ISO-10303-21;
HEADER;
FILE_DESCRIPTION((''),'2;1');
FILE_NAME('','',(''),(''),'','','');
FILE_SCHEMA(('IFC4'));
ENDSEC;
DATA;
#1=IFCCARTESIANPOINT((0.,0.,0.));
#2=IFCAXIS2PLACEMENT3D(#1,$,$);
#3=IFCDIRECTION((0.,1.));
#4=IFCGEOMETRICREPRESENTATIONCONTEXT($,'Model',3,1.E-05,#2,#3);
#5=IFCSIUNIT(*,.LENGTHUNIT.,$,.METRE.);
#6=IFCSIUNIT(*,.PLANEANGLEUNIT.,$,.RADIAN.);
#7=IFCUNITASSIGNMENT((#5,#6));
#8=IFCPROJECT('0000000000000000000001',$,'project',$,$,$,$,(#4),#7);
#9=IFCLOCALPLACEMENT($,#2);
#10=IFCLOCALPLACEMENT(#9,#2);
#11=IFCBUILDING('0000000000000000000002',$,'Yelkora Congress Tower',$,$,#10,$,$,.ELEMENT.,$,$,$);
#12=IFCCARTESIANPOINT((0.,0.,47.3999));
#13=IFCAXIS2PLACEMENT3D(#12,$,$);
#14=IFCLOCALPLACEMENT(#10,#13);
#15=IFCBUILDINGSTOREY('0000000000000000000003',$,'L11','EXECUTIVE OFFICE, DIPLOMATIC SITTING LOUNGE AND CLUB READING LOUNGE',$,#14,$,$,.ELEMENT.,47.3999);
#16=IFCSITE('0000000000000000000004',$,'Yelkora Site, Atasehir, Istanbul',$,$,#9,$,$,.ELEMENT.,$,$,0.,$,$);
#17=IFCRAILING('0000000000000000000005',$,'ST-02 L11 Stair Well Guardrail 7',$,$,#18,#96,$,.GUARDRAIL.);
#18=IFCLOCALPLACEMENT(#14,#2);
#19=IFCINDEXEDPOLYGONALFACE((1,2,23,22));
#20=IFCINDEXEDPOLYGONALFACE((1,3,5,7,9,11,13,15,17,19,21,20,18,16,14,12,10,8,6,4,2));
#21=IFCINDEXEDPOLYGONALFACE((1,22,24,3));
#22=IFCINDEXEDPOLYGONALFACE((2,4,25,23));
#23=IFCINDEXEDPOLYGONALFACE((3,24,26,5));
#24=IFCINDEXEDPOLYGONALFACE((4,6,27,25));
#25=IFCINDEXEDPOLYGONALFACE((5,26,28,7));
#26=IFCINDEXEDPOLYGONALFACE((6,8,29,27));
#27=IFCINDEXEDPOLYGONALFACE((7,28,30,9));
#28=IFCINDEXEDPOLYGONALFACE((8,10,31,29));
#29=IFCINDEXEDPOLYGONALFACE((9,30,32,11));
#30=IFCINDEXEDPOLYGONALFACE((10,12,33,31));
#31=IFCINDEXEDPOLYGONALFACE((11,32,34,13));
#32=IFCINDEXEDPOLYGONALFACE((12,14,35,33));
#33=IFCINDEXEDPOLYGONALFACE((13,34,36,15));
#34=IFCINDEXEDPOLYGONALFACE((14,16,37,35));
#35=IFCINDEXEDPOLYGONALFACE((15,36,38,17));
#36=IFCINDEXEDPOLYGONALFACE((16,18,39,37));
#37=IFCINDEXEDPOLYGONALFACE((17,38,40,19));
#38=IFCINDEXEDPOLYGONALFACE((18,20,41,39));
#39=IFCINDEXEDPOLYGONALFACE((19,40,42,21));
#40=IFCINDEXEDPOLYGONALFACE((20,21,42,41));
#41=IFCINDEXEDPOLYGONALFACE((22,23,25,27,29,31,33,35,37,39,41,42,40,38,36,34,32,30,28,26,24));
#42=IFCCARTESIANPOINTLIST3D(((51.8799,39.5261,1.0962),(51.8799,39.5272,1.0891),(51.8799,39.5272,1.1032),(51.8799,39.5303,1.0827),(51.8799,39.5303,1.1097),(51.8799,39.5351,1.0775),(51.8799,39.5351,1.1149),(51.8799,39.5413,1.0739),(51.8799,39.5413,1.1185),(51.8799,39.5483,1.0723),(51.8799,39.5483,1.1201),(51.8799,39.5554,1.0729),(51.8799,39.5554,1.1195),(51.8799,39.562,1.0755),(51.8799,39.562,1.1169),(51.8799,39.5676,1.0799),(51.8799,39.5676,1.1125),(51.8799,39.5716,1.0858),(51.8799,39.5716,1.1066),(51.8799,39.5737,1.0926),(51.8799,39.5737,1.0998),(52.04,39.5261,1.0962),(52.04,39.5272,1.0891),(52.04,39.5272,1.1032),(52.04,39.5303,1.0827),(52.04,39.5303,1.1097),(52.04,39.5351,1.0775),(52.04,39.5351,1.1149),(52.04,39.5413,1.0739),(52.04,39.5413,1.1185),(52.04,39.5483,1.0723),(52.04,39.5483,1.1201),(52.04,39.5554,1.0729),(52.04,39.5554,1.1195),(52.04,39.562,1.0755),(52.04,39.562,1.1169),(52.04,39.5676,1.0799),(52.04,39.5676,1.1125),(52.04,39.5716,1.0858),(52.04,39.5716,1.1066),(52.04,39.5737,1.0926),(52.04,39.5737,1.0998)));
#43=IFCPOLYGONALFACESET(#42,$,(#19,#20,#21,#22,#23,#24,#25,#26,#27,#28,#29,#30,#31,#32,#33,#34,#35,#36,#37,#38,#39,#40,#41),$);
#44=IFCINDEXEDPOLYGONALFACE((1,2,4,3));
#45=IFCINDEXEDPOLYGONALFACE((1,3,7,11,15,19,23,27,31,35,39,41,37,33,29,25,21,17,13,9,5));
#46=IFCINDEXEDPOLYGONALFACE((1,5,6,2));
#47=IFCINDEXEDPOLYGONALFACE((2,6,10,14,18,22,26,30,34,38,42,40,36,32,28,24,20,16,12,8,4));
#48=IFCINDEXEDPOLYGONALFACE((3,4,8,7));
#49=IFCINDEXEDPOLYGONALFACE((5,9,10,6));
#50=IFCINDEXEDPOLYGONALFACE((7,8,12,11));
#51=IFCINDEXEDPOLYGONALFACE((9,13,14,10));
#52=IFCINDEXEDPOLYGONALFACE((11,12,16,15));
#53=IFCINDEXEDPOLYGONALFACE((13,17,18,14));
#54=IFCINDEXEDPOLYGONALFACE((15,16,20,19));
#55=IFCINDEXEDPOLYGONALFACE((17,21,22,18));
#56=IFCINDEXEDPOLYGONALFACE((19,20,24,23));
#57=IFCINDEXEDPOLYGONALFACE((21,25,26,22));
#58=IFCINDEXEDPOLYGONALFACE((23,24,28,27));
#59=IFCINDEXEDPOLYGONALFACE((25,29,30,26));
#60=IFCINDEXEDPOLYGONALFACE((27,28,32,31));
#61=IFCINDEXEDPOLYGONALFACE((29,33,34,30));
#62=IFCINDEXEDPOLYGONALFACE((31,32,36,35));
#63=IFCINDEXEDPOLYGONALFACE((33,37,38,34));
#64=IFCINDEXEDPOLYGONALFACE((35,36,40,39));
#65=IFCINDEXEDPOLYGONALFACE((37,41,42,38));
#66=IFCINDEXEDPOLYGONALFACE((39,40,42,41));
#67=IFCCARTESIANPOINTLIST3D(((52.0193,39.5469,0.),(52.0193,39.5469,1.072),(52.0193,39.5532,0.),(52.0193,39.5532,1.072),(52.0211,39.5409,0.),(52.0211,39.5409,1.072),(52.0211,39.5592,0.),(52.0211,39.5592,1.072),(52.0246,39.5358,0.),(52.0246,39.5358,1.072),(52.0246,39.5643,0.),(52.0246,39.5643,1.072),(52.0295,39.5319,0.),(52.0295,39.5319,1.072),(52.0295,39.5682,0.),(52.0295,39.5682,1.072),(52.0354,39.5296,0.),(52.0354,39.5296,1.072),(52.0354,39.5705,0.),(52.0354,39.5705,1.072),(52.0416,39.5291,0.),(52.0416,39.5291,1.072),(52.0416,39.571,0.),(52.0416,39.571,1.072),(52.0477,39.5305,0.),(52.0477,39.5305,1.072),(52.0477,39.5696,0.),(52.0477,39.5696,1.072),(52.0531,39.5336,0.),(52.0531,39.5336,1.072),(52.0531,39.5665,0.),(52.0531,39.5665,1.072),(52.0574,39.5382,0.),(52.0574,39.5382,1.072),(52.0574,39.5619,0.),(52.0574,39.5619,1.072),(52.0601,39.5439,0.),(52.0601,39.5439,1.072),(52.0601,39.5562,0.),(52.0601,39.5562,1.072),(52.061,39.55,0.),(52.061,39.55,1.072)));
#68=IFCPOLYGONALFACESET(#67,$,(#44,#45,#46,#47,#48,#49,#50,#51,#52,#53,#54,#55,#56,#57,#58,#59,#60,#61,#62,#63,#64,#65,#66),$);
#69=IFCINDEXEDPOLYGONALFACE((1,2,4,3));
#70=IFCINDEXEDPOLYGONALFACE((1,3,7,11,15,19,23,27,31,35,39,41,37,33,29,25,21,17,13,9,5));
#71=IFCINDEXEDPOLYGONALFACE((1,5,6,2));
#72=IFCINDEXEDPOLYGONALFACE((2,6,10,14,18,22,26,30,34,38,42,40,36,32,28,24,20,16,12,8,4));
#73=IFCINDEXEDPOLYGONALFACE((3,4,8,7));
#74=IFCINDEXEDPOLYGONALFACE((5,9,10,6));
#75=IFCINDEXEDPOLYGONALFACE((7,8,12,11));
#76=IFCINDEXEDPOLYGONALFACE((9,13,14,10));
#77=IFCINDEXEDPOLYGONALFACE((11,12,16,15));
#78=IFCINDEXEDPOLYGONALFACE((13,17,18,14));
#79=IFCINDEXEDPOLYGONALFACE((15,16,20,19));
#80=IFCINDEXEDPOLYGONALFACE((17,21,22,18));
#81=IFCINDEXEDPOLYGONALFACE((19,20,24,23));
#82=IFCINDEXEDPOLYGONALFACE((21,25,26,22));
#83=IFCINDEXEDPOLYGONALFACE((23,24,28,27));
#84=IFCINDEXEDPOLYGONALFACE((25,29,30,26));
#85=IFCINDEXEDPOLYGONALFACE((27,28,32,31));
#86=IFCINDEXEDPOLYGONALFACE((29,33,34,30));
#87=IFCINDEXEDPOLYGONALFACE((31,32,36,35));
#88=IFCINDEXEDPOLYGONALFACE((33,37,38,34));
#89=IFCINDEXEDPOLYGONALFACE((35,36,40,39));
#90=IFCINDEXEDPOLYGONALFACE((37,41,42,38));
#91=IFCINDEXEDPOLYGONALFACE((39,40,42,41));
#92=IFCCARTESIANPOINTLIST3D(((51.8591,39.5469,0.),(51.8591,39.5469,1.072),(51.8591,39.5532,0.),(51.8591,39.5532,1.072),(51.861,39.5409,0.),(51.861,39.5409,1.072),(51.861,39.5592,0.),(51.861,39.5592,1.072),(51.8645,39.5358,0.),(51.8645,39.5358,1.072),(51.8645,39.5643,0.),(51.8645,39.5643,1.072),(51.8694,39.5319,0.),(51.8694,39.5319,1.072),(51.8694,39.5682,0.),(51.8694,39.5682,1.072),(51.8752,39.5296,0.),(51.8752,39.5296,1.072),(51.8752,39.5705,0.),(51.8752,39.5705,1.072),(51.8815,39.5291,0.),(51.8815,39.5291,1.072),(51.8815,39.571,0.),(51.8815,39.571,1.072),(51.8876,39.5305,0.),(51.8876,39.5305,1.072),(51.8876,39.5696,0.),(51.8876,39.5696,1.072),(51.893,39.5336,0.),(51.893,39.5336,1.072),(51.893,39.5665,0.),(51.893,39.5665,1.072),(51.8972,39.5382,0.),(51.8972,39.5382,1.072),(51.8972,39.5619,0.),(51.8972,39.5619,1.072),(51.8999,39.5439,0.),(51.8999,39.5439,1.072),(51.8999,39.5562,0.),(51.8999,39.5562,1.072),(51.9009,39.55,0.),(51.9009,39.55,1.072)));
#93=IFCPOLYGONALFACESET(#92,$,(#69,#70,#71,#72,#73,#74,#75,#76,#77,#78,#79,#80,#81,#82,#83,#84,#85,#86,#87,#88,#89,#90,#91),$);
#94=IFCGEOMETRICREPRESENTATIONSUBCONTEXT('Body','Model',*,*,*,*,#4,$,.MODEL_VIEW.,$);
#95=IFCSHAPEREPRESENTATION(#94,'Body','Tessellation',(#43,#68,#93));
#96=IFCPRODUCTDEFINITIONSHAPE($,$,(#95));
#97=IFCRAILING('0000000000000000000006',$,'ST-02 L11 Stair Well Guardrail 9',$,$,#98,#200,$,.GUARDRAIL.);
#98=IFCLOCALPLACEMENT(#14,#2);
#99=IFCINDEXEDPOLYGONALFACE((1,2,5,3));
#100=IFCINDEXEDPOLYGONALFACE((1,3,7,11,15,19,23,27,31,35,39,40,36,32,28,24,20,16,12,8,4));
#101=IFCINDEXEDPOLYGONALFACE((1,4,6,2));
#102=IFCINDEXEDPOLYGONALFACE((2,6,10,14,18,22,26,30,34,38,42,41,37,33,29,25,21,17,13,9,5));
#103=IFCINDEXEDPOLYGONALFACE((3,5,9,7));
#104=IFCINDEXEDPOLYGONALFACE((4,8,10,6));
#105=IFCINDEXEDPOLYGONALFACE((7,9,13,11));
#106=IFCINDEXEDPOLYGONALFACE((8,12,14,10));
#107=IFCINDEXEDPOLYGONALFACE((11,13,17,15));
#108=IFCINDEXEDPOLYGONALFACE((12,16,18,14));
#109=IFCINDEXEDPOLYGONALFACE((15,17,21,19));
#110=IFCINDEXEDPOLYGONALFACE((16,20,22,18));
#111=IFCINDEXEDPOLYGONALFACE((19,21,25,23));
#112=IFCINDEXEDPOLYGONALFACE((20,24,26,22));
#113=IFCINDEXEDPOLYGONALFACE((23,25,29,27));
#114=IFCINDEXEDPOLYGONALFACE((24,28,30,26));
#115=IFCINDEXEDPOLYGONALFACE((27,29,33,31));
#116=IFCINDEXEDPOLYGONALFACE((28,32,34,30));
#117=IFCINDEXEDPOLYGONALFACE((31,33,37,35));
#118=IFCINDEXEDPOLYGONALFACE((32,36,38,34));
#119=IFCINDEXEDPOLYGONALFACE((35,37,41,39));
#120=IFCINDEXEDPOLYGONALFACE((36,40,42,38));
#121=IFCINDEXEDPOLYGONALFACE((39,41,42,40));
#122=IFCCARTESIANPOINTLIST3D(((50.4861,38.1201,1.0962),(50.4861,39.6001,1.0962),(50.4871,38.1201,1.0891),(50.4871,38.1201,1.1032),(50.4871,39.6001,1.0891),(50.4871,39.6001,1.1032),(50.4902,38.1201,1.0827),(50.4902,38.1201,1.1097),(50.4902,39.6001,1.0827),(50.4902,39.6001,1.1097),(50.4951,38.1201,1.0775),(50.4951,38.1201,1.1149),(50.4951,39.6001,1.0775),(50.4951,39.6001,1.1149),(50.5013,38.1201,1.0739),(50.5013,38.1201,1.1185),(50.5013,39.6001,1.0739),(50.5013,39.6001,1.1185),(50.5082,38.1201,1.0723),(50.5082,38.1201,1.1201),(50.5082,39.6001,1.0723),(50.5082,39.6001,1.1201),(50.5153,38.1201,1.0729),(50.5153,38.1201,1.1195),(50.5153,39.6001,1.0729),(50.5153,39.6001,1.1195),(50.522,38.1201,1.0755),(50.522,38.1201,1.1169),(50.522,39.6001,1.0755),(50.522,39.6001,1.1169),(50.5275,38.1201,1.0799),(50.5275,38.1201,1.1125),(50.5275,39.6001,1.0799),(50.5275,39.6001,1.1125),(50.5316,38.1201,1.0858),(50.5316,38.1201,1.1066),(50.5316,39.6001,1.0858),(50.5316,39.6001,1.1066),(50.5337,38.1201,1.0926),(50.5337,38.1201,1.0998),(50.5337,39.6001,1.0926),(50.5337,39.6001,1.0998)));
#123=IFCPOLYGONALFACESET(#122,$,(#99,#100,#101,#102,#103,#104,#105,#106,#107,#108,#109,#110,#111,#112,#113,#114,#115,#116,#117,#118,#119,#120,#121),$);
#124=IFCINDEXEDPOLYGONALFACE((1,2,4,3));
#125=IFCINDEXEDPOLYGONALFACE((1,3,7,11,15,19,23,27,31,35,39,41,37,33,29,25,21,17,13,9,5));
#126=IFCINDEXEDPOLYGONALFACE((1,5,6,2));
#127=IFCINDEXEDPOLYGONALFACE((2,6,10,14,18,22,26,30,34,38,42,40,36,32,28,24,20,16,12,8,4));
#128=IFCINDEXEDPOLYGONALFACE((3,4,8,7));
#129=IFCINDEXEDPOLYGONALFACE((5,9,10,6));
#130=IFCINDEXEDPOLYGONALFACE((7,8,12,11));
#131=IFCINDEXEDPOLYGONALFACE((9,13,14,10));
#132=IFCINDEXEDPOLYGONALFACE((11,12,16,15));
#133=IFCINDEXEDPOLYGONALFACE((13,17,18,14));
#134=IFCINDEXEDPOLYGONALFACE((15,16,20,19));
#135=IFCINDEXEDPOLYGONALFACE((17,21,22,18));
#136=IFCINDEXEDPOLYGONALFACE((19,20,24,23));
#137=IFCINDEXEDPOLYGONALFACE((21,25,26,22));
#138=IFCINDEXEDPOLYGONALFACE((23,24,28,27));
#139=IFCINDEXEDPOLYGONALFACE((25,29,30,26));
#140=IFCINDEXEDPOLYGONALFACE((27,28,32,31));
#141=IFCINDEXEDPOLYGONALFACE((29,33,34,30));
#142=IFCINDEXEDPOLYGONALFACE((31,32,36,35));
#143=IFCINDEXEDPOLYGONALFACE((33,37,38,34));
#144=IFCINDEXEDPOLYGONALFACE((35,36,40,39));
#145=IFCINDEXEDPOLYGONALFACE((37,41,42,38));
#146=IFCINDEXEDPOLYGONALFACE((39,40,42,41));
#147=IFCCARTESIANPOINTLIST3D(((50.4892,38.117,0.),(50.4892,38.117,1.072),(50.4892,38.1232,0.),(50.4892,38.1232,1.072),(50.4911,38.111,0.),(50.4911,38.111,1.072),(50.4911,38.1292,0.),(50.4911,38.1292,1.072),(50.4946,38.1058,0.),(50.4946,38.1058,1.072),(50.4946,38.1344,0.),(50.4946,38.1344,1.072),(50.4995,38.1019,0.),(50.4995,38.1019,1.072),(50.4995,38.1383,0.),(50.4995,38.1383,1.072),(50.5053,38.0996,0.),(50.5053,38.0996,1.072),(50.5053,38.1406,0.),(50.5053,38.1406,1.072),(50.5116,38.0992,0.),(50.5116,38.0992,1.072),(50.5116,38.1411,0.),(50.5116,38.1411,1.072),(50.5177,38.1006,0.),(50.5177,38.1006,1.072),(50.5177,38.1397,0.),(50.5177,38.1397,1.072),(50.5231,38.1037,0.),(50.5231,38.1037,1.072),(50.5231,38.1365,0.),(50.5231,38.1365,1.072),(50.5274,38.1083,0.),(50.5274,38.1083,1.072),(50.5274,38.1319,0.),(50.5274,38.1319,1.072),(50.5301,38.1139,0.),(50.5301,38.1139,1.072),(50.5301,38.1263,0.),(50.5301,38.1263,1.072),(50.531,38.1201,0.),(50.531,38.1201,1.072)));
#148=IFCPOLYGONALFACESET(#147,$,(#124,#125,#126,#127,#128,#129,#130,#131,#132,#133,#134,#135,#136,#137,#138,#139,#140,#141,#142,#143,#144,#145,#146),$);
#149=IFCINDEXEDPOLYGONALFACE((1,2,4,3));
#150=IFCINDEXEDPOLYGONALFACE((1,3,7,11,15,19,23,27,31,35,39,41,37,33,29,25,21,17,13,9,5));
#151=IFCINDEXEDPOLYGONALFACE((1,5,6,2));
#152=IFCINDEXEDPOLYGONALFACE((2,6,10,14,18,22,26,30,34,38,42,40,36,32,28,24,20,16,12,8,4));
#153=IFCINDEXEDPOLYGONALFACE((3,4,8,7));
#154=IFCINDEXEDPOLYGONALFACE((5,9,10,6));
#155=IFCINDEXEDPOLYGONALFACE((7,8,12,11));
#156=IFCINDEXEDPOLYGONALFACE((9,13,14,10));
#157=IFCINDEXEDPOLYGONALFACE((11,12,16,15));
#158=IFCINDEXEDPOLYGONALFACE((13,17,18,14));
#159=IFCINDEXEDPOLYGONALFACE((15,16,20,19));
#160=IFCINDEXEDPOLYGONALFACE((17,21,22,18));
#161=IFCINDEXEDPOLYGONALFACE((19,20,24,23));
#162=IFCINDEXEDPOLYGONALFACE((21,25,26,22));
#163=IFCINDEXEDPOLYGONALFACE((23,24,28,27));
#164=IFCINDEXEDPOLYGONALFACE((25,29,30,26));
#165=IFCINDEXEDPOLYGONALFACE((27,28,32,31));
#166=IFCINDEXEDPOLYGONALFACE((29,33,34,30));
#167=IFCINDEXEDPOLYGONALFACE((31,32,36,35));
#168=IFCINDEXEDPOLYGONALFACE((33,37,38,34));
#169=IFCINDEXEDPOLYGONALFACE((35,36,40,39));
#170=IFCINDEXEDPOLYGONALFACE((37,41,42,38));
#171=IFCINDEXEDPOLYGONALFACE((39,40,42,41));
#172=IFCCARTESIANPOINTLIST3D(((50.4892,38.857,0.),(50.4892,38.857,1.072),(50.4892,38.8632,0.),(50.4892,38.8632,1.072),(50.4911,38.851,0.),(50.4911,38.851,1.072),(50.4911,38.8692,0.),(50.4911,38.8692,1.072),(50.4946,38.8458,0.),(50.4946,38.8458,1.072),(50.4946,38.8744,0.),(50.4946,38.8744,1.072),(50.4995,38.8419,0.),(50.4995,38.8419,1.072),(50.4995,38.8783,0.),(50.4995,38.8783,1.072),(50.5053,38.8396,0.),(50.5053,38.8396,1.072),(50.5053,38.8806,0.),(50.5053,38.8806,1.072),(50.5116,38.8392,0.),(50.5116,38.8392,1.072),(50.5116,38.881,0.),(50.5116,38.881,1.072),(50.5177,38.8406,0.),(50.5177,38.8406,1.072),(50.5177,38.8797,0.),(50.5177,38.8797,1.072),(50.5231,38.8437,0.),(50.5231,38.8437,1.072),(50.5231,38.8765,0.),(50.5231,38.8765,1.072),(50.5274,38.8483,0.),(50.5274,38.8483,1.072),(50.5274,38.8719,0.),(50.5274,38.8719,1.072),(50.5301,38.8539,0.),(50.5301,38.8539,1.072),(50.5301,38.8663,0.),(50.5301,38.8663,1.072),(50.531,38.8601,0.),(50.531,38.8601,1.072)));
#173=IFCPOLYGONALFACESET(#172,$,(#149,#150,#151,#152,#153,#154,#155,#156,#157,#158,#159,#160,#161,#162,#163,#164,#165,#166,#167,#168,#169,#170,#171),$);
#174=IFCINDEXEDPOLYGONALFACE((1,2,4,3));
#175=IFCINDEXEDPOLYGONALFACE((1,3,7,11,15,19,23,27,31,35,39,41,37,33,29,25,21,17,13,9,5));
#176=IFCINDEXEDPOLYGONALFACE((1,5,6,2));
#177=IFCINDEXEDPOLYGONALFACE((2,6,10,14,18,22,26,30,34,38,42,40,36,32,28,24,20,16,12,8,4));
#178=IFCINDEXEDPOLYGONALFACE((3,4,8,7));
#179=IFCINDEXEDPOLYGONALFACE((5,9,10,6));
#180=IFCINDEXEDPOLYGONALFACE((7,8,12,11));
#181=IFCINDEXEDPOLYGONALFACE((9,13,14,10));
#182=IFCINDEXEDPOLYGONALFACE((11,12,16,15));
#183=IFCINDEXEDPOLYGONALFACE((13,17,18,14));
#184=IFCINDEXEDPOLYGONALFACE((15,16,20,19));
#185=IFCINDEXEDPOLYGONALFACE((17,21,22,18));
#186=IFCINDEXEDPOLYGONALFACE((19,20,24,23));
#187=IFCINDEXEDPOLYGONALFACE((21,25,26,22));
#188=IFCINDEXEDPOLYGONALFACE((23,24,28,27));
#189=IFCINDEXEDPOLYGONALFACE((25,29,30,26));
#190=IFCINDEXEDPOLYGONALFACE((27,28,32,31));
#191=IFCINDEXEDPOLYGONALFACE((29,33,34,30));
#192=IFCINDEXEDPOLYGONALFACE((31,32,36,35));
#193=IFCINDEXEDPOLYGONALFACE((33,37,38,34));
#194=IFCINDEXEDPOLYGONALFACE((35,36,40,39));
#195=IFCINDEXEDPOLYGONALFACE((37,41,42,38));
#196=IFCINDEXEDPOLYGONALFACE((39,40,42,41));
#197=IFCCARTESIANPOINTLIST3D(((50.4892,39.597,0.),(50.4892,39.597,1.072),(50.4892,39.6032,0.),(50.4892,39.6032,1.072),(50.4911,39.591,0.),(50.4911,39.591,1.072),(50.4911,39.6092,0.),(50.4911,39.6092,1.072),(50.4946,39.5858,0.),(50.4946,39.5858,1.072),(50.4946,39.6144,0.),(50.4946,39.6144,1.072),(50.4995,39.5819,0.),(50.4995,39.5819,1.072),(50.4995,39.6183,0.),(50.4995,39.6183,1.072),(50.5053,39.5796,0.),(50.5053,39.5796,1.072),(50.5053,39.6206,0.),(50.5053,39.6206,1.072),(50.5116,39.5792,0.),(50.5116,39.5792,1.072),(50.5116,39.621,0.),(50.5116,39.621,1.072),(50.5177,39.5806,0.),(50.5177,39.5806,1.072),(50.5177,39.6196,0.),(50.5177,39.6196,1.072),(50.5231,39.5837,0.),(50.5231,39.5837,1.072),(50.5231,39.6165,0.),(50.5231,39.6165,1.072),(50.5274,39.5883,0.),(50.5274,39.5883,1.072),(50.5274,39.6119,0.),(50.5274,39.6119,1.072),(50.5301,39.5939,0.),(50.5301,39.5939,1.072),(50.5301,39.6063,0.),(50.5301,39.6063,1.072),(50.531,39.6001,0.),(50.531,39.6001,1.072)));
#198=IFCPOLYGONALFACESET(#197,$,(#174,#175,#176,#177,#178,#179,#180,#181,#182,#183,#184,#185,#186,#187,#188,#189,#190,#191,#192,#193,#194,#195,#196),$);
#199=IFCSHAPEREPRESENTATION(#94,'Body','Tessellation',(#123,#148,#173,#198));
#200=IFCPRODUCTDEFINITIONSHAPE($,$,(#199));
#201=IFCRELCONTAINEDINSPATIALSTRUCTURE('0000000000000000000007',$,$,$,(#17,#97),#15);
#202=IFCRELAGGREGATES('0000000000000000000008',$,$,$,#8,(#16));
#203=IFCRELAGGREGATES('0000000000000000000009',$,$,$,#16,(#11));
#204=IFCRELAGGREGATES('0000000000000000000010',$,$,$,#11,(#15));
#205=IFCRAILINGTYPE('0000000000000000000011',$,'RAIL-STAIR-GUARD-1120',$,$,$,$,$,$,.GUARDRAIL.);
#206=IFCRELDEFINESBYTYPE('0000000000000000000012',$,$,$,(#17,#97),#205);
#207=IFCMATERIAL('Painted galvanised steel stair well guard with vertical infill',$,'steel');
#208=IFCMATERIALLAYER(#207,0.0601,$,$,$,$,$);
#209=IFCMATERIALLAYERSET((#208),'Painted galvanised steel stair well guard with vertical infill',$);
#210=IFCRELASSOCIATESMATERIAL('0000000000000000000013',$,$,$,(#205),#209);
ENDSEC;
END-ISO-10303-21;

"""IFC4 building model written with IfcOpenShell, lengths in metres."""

from ifc_helpers import new_model, si_unit, direction, frame, origin, origin_2d, place, context, subcontext, project, spatial, circle, extrude, material, layer, layer_set, type_object, element, save


model = new_model("IFC4")

# Units and contexts
model_context = context("Model", 3, precision=1e-05, world=origin(), true_north=direction((0.0, 1.0)))
body_context = subcontext(model_context, "Body", "Model", "MODEL_VIEW")
ifc_project = project(units=[si_unit("LENGTHUNIT", "METRE"), si_unit("PLANEANGLEUNIT", "RADIAN")], contexts=[model_context])

# Site, building, storey
site_placement = place(None, origin())
site = spatial("IfcSite", under=ifc_project, at=site_placement, Name="Yelkora Site, Atasehir, Istanbul", CompositionType="ELEMENT", RefElevation=0.0)
building_placement = place(site_placement, origin())
building = spatial("IfcBuilding", under=site, at=building_placement, Name="Yelkora Congress Tower", CompositionType="ELEMENT")
storey_placement = place(building_placement, frame((0.0, 0.0, 47.3999)))
storey = spatial("IfcBuildingStorey", under=building, at=storey_placement, Name="L11", Description="EXECUTIVE OFFICE, DIPLOMATIC SITTING LOUNGE AND CLUB READING LOUNGE", CompositionType="ELEMENT", Elevation=47.3999)

# Railings
ifc_material_1 = material(Name="Painted galvanised steel stair well guard with vertical infill", Category="steel")
ifc_layer_1 = layer(ifc_material_1, 0.0601)
ifc_layer_set_1 = layer_set([ifc_layer_1], Name="Painted galvanised steel stair well guard with vertical infill")
railing_type_1 = type_object("IfcRailingType", Name="RAIL-STAIR-GUARD-1120", PredefinedType="GUARDRAIL", material=ifc_layer_set_1)
railing_1_placement = place(storey_placement, frame((52.04, 39.55, 0.0)))
element("IfcRailing", 1, at=railing_1_placement, inside=storey, type_object=railing_type_1, Name="ST-02 L11 Stair Well Guardrail 7", PredefinedType="GUARDRAIL", context=body_context, shape_type="SweptSolid", body=[
    extrude(circle(Radius=0.0239, at=origin_2d()), frame((0.0, 0.0, 1.0962), z_axis=(-1.0, 0.0, 0.0), x_axis=(0.0, -1.0, 0.0)), (0.0, 0.0, 1.0), 0.1602),
    extrude(circle(Radius=0.021, at=origin_2d()), origin(), (0.0, 0.0, 1.0), 1.072),
    extrude(circle(Radius=0.021, at=origin_2d()), frame((-0.1602, 0.0, 0.0)), (0.0, 0.0, 1.0), 1.072),
])
railing_2_placement = place(storey_placement, frame((50.51, 38.1201, 0.0)))
element("IfcRailing", 2, at=railing_2_placement, inside=storey, type_object=railing_type_1, Name="ST-02 L11 Stair Well Guardrail 9", PredefinedType="GUARDRAIL", context=body_context, shape_type="SweptSolid", body=[
    extrude(circle(Radius=0.0239, at=origin_2d()), frame((0.0, 0.0, 1.0962), z_axis=(0.0, 1.0, 0.0), x_axis=(-1.0, 0.0, 0.0)), (0.0, 0.0, 1.0), 1.48),
    extrude(circle(Radius=0.021, at=origin_2d()), origin(), (0.0, 0.0, 1.0), 1.072),
    extrude(circle(Radius=0.021, at=origin_2d()), frame((0.0, 0.74, 0.0)), (0.0, 0.0, 1.0), 1.072),
    extrude(circle(Radius=0.021, at=origin_2d()), frame((0.0, 1.48, 0.0)), (0.0, 0.0, 1.0), 1.072),
])

save(model, "model.ifc")
